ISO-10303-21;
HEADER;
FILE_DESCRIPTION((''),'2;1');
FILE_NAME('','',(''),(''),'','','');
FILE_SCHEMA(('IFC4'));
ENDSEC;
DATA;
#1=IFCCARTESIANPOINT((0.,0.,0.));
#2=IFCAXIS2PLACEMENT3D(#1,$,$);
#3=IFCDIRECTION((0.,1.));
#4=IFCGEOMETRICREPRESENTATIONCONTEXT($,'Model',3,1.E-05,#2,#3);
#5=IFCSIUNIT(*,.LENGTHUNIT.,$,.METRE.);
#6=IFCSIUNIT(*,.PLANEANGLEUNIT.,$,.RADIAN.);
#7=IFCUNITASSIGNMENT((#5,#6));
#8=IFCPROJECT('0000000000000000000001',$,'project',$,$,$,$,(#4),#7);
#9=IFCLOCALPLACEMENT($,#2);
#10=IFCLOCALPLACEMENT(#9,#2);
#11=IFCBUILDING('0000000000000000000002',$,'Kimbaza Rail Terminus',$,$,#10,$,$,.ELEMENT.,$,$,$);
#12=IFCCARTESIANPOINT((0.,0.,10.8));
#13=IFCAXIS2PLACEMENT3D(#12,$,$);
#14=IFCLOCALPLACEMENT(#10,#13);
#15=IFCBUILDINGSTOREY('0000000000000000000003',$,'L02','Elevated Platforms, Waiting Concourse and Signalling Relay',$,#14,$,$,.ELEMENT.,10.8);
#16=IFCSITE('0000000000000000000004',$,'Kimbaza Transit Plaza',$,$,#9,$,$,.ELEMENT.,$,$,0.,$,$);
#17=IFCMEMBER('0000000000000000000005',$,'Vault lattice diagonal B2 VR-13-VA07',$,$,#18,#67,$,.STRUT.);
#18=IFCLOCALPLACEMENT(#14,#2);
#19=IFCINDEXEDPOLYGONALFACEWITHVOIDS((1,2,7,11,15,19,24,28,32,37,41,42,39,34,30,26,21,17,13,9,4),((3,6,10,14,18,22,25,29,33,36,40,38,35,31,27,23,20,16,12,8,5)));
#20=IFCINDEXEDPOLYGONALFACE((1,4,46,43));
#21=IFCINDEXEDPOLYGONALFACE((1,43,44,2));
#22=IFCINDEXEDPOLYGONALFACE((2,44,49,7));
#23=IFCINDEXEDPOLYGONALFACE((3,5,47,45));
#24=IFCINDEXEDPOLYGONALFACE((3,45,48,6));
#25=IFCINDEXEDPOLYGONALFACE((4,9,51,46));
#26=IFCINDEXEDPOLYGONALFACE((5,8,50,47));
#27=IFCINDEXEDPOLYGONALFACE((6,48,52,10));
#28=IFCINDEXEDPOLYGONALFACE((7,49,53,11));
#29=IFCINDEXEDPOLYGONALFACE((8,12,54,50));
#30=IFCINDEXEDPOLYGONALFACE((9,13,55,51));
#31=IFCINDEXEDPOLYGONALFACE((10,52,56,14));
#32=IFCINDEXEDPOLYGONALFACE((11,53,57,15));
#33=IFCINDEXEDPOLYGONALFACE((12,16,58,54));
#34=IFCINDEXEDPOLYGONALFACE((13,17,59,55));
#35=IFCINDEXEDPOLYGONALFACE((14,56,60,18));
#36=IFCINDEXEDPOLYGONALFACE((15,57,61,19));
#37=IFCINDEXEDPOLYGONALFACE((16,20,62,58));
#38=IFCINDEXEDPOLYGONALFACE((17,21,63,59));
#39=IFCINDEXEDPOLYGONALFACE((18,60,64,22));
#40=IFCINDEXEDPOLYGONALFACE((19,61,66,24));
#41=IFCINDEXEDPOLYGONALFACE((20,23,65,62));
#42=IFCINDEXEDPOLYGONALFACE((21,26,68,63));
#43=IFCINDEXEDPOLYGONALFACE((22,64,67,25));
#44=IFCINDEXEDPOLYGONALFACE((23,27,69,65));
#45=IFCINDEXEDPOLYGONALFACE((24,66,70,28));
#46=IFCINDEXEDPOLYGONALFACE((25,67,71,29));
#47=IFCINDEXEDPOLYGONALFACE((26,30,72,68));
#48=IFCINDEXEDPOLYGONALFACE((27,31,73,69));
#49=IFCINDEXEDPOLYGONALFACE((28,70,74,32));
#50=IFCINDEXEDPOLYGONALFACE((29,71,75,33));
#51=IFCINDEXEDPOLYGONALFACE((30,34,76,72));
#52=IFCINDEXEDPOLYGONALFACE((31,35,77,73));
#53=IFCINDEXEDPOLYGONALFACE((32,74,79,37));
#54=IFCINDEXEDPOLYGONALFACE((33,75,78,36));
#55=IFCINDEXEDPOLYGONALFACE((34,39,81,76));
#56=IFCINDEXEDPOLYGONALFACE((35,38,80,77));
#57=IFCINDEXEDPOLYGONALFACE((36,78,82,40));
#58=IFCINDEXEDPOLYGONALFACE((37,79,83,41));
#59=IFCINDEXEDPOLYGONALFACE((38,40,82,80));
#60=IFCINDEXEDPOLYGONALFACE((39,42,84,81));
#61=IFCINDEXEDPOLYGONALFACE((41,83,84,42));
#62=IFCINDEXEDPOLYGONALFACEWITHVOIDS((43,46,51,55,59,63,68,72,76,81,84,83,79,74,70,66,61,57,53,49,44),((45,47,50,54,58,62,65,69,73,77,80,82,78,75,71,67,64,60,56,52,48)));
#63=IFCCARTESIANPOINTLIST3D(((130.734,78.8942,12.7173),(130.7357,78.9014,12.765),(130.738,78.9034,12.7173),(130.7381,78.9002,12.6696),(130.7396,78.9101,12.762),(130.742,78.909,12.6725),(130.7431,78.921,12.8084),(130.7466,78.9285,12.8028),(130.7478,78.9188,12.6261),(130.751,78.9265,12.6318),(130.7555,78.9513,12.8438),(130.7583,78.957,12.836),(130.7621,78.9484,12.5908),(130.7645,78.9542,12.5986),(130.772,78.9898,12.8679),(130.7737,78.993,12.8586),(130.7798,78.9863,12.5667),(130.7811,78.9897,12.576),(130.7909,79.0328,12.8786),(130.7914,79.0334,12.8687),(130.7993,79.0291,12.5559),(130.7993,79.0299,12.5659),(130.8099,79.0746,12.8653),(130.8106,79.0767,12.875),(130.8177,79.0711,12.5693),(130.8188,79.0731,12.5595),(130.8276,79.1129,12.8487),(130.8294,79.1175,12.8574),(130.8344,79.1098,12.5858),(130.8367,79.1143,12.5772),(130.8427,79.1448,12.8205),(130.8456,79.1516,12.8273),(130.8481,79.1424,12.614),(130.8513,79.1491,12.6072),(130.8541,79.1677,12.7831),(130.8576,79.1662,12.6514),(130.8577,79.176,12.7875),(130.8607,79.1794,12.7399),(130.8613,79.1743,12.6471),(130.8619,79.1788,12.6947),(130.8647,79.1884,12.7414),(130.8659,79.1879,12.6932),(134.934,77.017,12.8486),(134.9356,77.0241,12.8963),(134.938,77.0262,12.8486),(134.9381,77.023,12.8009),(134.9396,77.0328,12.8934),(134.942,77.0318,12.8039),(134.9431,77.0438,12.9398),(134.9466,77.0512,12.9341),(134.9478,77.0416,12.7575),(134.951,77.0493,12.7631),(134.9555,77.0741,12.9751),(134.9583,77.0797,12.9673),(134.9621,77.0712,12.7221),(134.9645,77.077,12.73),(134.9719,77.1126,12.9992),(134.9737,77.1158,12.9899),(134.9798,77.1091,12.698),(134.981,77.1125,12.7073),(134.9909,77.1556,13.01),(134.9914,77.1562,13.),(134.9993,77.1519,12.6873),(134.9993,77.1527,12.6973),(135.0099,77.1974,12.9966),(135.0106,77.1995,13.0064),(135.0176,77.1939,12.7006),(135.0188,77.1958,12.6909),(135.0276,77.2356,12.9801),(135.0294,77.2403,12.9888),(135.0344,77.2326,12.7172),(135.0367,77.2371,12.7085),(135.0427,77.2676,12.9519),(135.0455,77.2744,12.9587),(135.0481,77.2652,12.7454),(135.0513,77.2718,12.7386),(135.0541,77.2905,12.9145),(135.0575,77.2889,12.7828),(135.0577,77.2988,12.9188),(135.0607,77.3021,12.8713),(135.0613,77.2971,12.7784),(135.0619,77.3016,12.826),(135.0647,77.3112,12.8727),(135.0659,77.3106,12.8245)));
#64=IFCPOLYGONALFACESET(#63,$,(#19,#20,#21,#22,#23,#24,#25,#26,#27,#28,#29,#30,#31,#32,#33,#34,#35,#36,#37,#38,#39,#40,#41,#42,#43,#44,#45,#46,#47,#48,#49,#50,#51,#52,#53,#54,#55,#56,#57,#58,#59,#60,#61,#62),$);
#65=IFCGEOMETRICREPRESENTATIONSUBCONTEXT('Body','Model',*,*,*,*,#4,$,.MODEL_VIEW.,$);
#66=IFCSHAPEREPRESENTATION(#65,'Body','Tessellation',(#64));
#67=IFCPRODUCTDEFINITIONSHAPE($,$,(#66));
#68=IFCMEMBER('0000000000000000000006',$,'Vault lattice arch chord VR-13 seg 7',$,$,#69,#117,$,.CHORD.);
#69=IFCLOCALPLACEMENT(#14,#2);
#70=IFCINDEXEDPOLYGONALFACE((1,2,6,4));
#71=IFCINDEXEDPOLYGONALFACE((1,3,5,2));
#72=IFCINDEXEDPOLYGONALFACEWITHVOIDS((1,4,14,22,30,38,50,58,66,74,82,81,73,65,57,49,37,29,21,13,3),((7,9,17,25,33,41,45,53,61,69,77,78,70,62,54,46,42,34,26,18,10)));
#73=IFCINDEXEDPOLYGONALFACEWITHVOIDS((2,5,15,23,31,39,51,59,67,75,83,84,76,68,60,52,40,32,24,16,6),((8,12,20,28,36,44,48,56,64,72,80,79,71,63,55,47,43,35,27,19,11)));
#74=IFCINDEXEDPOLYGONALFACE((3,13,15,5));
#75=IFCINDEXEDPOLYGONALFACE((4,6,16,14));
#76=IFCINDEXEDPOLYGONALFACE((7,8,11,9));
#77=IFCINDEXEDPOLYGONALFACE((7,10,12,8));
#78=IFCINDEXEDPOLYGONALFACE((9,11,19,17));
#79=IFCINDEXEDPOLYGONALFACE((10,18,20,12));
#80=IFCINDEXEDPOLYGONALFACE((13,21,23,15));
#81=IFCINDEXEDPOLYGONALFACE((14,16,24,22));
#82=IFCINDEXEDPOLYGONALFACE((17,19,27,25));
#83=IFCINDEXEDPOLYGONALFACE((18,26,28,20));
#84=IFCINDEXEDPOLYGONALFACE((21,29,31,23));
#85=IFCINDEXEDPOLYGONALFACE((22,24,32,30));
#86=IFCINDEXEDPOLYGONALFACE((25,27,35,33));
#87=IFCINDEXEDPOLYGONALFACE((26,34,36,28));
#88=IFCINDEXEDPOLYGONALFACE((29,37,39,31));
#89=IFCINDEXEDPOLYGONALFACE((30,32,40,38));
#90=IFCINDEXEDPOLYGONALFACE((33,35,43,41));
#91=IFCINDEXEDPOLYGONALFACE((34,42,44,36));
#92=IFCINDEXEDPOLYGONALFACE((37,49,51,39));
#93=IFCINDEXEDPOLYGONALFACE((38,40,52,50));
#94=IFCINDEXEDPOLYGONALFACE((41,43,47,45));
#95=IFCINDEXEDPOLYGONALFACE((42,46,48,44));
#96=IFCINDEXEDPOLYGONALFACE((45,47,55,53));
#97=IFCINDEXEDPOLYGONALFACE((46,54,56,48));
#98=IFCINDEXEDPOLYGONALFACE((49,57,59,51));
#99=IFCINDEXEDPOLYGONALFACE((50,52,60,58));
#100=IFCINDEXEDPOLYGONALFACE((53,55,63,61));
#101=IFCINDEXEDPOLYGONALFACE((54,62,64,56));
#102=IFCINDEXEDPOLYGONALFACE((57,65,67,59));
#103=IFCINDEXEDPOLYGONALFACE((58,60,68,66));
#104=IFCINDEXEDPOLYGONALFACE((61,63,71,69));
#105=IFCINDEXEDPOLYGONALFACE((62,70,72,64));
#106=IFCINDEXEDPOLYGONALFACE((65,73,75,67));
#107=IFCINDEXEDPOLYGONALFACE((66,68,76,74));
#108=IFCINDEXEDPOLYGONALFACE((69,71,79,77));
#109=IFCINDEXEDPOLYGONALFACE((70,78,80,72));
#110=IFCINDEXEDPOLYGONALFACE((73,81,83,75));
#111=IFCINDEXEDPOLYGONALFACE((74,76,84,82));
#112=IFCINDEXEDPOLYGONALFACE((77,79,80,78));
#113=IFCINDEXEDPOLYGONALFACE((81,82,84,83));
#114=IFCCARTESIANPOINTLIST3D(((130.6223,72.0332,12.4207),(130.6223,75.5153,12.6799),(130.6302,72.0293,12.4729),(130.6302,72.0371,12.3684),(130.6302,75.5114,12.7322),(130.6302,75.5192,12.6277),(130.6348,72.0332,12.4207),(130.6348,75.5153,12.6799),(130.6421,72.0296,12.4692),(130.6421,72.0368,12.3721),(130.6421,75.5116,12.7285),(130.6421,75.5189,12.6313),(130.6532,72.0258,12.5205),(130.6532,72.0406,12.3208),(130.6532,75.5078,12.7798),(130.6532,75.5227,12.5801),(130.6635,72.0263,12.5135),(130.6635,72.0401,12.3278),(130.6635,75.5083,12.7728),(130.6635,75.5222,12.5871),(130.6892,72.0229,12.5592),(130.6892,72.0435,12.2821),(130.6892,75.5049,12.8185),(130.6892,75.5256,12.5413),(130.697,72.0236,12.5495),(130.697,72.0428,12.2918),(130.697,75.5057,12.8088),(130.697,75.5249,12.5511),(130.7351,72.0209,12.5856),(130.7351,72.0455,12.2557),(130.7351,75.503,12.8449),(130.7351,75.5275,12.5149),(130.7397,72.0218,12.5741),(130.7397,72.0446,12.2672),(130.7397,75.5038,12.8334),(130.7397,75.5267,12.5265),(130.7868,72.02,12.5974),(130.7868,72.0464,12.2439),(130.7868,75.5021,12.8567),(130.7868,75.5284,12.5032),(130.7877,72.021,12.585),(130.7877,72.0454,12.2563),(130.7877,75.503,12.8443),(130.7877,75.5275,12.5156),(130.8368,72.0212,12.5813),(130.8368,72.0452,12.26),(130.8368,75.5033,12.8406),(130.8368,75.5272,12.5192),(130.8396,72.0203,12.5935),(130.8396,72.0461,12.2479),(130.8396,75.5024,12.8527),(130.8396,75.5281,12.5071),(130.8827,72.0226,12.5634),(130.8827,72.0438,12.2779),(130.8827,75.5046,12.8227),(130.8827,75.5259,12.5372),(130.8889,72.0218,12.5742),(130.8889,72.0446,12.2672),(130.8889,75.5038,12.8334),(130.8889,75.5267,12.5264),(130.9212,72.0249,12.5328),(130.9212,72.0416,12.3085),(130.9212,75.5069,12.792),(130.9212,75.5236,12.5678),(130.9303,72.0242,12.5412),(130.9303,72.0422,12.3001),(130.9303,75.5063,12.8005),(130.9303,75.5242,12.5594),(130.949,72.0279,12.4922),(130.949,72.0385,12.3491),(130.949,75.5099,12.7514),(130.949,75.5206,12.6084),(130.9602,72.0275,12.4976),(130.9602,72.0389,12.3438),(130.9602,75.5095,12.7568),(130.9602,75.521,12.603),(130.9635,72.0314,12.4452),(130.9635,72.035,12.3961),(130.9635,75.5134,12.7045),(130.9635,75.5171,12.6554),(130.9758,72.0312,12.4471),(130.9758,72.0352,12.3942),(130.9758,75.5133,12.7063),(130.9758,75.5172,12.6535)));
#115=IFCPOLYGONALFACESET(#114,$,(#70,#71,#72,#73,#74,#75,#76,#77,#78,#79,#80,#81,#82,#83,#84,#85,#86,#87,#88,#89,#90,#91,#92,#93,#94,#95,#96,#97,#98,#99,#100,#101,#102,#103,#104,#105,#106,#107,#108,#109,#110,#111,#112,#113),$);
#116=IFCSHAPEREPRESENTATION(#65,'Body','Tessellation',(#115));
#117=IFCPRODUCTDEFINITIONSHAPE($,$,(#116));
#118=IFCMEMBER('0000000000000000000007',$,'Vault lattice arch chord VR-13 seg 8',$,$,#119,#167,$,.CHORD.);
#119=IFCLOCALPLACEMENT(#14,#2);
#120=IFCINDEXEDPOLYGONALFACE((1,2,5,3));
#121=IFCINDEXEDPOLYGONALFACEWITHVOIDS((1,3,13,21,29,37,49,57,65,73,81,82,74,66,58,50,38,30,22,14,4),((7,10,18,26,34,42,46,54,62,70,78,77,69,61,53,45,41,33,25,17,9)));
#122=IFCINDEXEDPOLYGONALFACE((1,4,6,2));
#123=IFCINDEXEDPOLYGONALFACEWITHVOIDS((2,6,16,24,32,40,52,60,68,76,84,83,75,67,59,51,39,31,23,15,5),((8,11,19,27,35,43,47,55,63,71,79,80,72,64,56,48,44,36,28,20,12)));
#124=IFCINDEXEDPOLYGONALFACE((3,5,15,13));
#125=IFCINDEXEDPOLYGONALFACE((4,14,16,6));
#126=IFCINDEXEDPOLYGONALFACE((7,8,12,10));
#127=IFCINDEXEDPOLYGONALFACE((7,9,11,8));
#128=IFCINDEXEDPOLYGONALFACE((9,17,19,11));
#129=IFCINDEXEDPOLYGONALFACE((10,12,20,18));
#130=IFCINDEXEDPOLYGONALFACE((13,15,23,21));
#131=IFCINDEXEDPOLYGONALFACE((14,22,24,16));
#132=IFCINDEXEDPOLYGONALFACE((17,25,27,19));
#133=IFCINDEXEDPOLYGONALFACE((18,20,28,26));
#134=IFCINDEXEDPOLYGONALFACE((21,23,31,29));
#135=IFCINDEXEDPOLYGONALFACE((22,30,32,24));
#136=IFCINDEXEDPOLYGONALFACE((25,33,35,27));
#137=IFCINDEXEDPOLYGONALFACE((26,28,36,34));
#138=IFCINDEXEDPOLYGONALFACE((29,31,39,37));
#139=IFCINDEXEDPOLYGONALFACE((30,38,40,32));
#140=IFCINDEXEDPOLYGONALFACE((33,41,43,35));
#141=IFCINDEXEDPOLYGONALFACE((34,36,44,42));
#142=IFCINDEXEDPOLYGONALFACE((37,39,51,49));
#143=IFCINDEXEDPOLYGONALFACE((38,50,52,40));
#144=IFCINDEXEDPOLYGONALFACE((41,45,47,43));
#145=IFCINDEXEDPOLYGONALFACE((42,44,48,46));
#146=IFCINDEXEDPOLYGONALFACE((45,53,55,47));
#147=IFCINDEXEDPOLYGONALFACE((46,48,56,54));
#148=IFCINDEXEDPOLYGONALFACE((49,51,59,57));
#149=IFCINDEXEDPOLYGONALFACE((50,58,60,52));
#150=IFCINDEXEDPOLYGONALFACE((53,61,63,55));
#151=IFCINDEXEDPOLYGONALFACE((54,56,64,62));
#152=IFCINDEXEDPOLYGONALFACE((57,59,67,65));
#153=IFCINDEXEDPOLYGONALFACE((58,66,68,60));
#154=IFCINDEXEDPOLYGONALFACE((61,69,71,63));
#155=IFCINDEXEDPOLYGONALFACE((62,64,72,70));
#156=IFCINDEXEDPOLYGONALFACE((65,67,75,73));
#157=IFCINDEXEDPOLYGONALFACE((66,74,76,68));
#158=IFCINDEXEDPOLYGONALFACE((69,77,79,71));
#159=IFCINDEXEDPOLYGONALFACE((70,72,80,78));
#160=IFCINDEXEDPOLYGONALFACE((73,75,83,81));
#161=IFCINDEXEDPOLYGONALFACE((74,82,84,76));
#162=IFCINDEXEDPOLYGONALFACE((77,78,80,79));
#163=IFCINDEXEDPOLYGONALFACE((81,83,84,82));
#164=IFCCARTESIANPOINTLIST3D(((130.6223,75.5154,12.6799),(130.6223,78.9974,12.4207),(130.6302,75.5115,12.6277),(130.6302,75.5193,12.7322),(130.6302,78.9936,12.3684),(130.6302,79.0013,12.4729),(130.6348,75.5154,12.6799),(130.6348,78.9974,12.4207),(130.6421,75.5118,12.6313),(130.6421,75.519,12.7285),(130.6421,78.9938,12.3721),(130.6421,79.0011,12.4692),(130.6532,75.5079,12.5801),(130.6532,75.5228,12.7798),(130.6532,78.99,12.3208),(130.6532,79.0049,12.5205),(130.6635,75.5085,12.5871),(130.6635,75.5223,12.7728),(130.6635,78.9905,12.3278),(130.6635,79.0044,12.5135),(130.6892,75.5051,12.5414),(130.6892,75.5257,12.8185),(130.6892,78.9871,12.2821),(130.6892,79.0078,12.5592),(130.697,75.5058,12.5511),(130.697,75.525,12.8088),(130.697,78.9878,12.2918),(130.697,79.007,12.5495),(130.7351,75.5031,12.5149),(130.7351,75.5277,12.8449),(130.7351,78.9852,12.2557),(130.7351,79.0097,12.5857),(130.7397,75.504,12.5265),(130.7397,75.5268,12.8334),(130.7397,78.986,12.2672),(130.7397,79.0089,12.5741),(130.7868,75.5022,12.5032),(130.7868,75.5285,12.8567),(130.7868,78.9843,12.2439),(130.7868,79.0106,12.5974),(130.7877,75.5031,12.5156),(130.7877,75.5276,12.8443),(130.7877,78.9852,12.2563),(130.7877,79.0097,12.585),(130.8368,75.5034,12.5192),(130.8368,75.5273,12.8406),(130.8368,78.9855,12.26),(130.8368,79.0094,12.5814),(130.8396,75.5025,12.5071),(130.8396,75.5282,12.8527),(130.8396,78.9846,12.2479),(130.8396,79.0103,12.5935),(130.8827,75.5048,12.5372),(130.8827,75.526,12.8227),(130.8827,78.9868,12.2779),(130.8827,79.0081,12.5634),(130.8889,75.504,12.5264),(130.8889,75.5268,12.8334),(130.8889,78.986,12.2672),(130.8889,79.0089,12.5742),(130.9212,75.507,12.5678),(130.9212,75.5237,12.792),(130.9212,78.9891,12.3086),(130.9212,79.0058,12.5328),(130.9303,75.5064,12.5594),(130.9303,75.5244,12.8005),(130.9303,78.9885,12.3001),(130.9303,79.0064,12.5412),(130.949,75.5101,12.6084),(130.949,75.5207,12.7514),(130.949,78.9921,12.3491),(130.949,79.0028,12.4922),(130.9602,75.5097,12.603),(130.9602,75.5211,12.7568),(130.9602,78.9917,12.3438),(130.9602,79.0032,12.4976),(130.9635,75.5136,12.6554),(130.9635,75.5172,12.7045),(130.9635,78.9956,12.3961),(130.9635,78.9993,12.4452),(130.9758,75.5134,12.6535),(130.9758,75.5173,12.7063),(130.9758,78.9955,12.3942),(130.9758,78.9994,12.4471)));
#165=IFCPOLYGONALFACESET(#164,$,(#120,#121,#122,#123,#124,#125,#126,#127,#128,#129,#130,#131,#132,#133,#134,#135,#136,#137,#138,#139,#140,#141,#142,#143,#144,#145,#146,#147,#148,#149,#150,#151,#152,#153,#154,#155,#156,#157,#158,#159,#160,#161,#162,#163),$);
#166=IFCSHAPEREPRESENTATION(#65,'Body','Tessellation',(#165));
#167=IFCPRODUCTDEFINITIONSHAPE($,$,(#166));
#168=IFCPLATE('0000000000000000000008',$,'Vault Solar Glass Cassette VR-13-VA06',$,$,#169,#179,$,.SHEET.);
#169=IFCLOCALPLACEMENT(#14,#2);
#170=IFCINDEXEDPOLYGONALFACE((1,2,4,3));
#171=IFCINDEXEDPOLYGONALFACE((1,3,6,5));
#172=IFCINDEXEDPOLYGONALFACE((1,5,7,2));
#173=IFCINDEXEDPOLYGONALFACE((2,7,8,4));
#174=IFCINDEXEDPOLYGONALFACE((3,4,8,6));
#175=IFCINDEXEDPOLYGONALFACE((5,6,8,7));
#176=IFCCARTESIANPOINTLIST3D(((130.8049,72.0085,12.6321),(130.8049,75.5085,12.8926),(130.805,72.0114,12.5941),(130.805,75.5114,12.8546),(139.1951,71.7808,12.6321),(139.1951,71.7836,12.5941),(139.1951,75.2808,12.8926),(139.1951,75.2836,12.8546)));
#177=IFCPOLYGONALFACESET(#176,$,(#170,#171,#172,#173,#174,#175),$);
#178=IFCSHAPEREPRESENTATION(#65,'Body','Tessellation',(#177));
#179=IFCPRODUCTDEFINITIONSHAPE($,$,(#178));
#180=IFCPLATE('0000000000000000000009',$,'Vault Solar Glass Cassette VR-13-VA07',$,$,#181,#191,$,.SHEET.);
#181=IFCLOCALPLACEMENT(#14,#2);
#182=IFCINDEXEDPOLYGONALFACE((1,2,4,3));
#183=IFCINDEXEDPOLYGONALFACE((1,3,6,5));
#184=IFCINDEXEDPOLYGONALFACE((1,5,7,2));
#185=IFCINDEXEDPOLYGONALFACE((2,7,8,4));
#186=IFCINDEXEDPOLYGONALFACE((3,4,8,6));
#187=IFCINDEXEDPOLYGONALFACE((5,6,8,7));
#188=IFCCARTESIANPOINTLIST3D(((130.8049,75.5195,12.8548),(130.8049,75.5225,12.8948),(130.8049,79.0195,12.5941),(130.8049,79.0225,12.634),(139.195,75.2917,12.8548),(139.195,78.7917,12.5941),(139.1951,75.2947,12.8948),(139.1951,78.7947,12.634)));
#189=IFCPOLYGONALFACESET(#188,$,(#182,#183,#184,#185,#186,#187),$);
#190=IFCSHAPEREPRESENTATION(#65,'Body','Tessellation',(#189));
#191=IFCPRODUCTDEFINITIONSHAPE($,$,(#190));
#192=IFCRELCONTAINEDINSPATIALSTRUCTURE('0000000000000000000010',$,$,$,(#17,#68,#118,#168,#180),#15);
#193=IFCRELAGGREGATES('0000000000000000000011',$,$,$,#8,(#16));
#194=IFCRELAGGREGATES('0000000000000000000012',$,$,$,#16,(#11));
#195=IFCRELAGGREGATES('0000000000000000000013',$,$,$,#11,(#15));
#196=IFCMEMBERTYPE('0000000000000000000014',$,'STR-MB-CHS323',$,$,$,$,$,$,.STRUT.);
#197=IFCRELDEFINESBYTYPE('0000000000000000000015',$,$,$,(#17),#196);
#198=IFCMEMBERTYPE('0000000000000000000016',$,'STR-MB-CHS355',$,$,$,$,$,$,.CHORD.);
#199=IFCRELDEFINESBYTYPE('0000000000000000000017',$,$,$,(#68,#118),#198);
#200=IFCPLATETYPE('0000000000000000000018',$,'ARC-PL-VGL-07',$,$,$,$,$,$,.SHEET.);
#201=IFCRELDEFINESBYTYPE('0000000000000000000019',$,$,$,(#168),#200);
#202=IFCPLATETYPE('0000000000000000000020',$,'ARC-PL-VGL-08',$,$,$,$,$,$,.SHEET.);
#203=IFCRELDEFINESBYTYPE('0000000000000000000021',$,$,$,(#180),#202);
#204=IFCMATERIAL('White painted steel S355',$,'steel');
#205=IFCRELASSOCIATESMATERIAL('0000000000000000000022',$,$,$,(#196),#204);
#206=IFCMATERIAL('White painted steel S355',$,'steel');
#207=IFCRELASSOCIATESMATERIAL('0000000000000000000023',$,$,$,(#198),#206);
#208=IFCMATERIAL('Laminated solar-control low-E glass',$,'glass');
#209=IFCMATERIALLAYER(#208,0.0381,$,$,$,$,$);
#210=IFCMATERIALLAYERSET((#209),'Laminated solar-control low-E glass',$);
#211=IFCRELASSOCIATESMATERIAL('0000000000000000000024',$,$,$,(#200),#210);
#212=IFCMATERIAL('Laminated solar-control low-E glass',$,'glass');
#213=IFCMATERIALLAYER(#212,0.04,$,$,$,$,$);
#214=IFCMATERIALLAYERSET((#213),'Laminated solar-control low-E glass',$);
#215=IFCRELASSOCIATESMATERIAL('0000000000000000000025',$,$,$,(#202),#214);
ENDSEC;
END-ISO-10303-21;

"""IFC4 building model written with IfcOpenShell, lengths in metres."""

from ifc_helpers import new_model, si_unit, direction, frame, origin, origin_2d, place, context, subcontext, project, spatial, polyline, hollow_circle, outline, extrude, material, layer, layer_set, material_profile, profile_set, type_object, element, save


model = new_model("IFC4")

# Units and contexts
model_context = context("Model", 3, precision=1e-05, world=origin(), true_north=direction((0.0, 1.0)))
body_context = subcontext(model_context, "Body", "Model", "MODEL_VIEW")
ifc_project = project(units=[si_unit("LENGTHUNIT", "METRE"), si_unit("PLANEANGLEUNIT", "RADIAN")], contexts=[model_context])

# Site, building, storey
site_placement = place(None, origin())
site = spatial("IfcSite", under=ifc_project, at=site_placement, Name="Kimbaza Transit Plaza", CompositionType="ELEMENT", RefElevation=0.0)
building_placement = place(site_placement, origin())
building = spatial("IfcBuilding", under=site, at=building_placement, Name="Kimbaza Rail Terminus", CompositionType="ELEMENT")
storey_placement = place(building_placement, frame((0.0, 0.0, 10.8)))
storey = spatial("IfcBuildingStorey", under=building, at=storey_placement, Name="L02", Description="Elevated Platforms, Waiting Concourse and Signalling Relay", CompositionType="ELEMENT", Elevation=10.8)

# Members
ifc_material_1 = material(Name="White painted steel S355", Category="steel")
ifc_material_profile_1 = material_profile(ifc_material_1, hollow_circle(Radius=0.1619, WallThickness=0.01, at=origin_2d()), Name="CHS 323.9x10")
ifc_profile_set_1 = profile_set([ifc_material_profile_1], Name="White painted steel S355")
member_type_1 = type_object("IfcMemberType", Name="STR-MB-CHS323", PredefinedType="STRUT", material=ifc_profile_set_1)
member_1_placement = place(storey_placement, frame((135.0, 77.1648, 12.8486), z_axis=(-0.912586, 0.407887, -0.02854), x_axis=(-0.408053, -0.912958, 0.0)))
element("IfcMember", 1, at=member_1_placement, inside=storey, type_object=member_type_1, Name="Vault lattice diagonal B2 VR-13-VA07", PredefinedType="STRUT", context=body_context, shape_type="SweptSolid", body=[
    extrude(hollow_circle(Radius=0.1619, WallThickness=0.01, at=origin_2d()), origin(), (0.0, 0.0, 1.0), 4.6023),
])
ifc_material_2 = material(Name="White painted steel S355", Category="steel")
ifc_material_profile_2 = material_profile(ifc_material_2, hollow_circle(Radius=0.1777, WallThickness=0.0125, at=origin_2d()), Name="CHS 355.6x12.5")
ifc_profile_set_2 = profile_set([ifc_material_profile_2], Name="White painted steel S355")
member_type_2 = type_object("IfcMemberType", Name="STR-MB-CHS355", PredefinedType="CHORD", material=ifc_profile_set_2)
for number, where, z_axis, x_axis, name in (
    (2, (130.8, 72.0332, 12.4207), (0.0, 0.997239, 0.074253), (-1.0, 0.0, 0.0), "Vault lattice arch chord VR-13 seg 7"),
    (3, (130.8, 75.5154, 12.6799), (0.0, 0.997239, -0.074253), (-1.0, 0.0, 0.0), "Vault lattice arch chord VR-13 seg 8"),
):
    element("IfcMember", number, at=place(storey_placement, frame(where, z_axis=z_axis, x_axis=x_axis)), inside=storey, type_object=member_type_2, Name=name, PredefinedType="CHORD", context=body_context, shape_type="SweptSolid", body=[
        extrude(hollow_circle(Radius=0.1777, WallThickness=0.0125, at=origin_2d()), origin(), (0.0, 0.0, 1.0), 3.4917),
    ])

# Plates
ifc_material_3 = material(Name="Laminated solar-control low-E glass", Category="glass")
ifc_layer_1 = layer(ifc_material_3, 0.0381)
ifc_layer_set_1 = layer_set([ifc_layer_1], Name="Laminated solar-control low-E glass")
plate_type_1 = type_object("IfcPlateType", Name="ARC-PL-VGL-07", PredefinedType="SHEET", material=ifc_layer_set_1)
plate_1_placement = place(storey_placement, frame((130.8049, 72.0085, 12.6321), z_axis=(-0.002015, -0.074223, 0.99724), x_axis=(0.999632, -0.027139, 0.0)))
element("IfcPlate", 4, at=plate_1_placement, inside=storey, type_object=plate_type_1, Name="Vault Solar Glass Cassette VR-13-VA06", PredefinedType="SHEET", context=body_context, shape_type="SweptSolid", body=[
    extrude(outline(polyline([(0.0, 0.0), (8.3932, 0.0), (8.2982, 3.5084), (-0.095, 3.5084), (0.0, 0.0)])), origin(), (0.0, 0.0, -1.0), 0.0381),
])
ifc_material_4 = material(Name="Laminated solar-control low-E glass", Category="glass")
ifc_layer_2 = layer(ifc_material_4, 0.04)
ifc_layer_set_2 = layer_set([ifc_layer_2], Name="Laminated solar-control low-E glass")
plate_type_2 = type_object("IfcPlateType", Name="ARC-PL-VGL-08", PredefinedType="SHEET", material=ifc_layer_set_2)
plate_2_placement = place(storey_placement, frame((130.8049, 75.5225, 12.8948), z_axis=(0.002017, 0.074292, 0.997235), x_axis=(0.999632, -0.027139, 0.0)))
element("IfcPlate", 5, at=plate_2_placement, inside=storey, type_object=plate_type_2, Name="Vault Solar Glass Cassette VR-13-VA07", PredefinedType="SHEET", context=body_context, shape_type="SweptSolid", body=[
    extrude(outline(polyline([(0.0, 0.0), (8.3932, 0.0), (8.2982, 3.5084), (-0.095, 3.5084), (0.0, 0.0)])), origin(), (0.0, 0.0, -1.0), 0.04),
])

save(model, "model.ifc")
